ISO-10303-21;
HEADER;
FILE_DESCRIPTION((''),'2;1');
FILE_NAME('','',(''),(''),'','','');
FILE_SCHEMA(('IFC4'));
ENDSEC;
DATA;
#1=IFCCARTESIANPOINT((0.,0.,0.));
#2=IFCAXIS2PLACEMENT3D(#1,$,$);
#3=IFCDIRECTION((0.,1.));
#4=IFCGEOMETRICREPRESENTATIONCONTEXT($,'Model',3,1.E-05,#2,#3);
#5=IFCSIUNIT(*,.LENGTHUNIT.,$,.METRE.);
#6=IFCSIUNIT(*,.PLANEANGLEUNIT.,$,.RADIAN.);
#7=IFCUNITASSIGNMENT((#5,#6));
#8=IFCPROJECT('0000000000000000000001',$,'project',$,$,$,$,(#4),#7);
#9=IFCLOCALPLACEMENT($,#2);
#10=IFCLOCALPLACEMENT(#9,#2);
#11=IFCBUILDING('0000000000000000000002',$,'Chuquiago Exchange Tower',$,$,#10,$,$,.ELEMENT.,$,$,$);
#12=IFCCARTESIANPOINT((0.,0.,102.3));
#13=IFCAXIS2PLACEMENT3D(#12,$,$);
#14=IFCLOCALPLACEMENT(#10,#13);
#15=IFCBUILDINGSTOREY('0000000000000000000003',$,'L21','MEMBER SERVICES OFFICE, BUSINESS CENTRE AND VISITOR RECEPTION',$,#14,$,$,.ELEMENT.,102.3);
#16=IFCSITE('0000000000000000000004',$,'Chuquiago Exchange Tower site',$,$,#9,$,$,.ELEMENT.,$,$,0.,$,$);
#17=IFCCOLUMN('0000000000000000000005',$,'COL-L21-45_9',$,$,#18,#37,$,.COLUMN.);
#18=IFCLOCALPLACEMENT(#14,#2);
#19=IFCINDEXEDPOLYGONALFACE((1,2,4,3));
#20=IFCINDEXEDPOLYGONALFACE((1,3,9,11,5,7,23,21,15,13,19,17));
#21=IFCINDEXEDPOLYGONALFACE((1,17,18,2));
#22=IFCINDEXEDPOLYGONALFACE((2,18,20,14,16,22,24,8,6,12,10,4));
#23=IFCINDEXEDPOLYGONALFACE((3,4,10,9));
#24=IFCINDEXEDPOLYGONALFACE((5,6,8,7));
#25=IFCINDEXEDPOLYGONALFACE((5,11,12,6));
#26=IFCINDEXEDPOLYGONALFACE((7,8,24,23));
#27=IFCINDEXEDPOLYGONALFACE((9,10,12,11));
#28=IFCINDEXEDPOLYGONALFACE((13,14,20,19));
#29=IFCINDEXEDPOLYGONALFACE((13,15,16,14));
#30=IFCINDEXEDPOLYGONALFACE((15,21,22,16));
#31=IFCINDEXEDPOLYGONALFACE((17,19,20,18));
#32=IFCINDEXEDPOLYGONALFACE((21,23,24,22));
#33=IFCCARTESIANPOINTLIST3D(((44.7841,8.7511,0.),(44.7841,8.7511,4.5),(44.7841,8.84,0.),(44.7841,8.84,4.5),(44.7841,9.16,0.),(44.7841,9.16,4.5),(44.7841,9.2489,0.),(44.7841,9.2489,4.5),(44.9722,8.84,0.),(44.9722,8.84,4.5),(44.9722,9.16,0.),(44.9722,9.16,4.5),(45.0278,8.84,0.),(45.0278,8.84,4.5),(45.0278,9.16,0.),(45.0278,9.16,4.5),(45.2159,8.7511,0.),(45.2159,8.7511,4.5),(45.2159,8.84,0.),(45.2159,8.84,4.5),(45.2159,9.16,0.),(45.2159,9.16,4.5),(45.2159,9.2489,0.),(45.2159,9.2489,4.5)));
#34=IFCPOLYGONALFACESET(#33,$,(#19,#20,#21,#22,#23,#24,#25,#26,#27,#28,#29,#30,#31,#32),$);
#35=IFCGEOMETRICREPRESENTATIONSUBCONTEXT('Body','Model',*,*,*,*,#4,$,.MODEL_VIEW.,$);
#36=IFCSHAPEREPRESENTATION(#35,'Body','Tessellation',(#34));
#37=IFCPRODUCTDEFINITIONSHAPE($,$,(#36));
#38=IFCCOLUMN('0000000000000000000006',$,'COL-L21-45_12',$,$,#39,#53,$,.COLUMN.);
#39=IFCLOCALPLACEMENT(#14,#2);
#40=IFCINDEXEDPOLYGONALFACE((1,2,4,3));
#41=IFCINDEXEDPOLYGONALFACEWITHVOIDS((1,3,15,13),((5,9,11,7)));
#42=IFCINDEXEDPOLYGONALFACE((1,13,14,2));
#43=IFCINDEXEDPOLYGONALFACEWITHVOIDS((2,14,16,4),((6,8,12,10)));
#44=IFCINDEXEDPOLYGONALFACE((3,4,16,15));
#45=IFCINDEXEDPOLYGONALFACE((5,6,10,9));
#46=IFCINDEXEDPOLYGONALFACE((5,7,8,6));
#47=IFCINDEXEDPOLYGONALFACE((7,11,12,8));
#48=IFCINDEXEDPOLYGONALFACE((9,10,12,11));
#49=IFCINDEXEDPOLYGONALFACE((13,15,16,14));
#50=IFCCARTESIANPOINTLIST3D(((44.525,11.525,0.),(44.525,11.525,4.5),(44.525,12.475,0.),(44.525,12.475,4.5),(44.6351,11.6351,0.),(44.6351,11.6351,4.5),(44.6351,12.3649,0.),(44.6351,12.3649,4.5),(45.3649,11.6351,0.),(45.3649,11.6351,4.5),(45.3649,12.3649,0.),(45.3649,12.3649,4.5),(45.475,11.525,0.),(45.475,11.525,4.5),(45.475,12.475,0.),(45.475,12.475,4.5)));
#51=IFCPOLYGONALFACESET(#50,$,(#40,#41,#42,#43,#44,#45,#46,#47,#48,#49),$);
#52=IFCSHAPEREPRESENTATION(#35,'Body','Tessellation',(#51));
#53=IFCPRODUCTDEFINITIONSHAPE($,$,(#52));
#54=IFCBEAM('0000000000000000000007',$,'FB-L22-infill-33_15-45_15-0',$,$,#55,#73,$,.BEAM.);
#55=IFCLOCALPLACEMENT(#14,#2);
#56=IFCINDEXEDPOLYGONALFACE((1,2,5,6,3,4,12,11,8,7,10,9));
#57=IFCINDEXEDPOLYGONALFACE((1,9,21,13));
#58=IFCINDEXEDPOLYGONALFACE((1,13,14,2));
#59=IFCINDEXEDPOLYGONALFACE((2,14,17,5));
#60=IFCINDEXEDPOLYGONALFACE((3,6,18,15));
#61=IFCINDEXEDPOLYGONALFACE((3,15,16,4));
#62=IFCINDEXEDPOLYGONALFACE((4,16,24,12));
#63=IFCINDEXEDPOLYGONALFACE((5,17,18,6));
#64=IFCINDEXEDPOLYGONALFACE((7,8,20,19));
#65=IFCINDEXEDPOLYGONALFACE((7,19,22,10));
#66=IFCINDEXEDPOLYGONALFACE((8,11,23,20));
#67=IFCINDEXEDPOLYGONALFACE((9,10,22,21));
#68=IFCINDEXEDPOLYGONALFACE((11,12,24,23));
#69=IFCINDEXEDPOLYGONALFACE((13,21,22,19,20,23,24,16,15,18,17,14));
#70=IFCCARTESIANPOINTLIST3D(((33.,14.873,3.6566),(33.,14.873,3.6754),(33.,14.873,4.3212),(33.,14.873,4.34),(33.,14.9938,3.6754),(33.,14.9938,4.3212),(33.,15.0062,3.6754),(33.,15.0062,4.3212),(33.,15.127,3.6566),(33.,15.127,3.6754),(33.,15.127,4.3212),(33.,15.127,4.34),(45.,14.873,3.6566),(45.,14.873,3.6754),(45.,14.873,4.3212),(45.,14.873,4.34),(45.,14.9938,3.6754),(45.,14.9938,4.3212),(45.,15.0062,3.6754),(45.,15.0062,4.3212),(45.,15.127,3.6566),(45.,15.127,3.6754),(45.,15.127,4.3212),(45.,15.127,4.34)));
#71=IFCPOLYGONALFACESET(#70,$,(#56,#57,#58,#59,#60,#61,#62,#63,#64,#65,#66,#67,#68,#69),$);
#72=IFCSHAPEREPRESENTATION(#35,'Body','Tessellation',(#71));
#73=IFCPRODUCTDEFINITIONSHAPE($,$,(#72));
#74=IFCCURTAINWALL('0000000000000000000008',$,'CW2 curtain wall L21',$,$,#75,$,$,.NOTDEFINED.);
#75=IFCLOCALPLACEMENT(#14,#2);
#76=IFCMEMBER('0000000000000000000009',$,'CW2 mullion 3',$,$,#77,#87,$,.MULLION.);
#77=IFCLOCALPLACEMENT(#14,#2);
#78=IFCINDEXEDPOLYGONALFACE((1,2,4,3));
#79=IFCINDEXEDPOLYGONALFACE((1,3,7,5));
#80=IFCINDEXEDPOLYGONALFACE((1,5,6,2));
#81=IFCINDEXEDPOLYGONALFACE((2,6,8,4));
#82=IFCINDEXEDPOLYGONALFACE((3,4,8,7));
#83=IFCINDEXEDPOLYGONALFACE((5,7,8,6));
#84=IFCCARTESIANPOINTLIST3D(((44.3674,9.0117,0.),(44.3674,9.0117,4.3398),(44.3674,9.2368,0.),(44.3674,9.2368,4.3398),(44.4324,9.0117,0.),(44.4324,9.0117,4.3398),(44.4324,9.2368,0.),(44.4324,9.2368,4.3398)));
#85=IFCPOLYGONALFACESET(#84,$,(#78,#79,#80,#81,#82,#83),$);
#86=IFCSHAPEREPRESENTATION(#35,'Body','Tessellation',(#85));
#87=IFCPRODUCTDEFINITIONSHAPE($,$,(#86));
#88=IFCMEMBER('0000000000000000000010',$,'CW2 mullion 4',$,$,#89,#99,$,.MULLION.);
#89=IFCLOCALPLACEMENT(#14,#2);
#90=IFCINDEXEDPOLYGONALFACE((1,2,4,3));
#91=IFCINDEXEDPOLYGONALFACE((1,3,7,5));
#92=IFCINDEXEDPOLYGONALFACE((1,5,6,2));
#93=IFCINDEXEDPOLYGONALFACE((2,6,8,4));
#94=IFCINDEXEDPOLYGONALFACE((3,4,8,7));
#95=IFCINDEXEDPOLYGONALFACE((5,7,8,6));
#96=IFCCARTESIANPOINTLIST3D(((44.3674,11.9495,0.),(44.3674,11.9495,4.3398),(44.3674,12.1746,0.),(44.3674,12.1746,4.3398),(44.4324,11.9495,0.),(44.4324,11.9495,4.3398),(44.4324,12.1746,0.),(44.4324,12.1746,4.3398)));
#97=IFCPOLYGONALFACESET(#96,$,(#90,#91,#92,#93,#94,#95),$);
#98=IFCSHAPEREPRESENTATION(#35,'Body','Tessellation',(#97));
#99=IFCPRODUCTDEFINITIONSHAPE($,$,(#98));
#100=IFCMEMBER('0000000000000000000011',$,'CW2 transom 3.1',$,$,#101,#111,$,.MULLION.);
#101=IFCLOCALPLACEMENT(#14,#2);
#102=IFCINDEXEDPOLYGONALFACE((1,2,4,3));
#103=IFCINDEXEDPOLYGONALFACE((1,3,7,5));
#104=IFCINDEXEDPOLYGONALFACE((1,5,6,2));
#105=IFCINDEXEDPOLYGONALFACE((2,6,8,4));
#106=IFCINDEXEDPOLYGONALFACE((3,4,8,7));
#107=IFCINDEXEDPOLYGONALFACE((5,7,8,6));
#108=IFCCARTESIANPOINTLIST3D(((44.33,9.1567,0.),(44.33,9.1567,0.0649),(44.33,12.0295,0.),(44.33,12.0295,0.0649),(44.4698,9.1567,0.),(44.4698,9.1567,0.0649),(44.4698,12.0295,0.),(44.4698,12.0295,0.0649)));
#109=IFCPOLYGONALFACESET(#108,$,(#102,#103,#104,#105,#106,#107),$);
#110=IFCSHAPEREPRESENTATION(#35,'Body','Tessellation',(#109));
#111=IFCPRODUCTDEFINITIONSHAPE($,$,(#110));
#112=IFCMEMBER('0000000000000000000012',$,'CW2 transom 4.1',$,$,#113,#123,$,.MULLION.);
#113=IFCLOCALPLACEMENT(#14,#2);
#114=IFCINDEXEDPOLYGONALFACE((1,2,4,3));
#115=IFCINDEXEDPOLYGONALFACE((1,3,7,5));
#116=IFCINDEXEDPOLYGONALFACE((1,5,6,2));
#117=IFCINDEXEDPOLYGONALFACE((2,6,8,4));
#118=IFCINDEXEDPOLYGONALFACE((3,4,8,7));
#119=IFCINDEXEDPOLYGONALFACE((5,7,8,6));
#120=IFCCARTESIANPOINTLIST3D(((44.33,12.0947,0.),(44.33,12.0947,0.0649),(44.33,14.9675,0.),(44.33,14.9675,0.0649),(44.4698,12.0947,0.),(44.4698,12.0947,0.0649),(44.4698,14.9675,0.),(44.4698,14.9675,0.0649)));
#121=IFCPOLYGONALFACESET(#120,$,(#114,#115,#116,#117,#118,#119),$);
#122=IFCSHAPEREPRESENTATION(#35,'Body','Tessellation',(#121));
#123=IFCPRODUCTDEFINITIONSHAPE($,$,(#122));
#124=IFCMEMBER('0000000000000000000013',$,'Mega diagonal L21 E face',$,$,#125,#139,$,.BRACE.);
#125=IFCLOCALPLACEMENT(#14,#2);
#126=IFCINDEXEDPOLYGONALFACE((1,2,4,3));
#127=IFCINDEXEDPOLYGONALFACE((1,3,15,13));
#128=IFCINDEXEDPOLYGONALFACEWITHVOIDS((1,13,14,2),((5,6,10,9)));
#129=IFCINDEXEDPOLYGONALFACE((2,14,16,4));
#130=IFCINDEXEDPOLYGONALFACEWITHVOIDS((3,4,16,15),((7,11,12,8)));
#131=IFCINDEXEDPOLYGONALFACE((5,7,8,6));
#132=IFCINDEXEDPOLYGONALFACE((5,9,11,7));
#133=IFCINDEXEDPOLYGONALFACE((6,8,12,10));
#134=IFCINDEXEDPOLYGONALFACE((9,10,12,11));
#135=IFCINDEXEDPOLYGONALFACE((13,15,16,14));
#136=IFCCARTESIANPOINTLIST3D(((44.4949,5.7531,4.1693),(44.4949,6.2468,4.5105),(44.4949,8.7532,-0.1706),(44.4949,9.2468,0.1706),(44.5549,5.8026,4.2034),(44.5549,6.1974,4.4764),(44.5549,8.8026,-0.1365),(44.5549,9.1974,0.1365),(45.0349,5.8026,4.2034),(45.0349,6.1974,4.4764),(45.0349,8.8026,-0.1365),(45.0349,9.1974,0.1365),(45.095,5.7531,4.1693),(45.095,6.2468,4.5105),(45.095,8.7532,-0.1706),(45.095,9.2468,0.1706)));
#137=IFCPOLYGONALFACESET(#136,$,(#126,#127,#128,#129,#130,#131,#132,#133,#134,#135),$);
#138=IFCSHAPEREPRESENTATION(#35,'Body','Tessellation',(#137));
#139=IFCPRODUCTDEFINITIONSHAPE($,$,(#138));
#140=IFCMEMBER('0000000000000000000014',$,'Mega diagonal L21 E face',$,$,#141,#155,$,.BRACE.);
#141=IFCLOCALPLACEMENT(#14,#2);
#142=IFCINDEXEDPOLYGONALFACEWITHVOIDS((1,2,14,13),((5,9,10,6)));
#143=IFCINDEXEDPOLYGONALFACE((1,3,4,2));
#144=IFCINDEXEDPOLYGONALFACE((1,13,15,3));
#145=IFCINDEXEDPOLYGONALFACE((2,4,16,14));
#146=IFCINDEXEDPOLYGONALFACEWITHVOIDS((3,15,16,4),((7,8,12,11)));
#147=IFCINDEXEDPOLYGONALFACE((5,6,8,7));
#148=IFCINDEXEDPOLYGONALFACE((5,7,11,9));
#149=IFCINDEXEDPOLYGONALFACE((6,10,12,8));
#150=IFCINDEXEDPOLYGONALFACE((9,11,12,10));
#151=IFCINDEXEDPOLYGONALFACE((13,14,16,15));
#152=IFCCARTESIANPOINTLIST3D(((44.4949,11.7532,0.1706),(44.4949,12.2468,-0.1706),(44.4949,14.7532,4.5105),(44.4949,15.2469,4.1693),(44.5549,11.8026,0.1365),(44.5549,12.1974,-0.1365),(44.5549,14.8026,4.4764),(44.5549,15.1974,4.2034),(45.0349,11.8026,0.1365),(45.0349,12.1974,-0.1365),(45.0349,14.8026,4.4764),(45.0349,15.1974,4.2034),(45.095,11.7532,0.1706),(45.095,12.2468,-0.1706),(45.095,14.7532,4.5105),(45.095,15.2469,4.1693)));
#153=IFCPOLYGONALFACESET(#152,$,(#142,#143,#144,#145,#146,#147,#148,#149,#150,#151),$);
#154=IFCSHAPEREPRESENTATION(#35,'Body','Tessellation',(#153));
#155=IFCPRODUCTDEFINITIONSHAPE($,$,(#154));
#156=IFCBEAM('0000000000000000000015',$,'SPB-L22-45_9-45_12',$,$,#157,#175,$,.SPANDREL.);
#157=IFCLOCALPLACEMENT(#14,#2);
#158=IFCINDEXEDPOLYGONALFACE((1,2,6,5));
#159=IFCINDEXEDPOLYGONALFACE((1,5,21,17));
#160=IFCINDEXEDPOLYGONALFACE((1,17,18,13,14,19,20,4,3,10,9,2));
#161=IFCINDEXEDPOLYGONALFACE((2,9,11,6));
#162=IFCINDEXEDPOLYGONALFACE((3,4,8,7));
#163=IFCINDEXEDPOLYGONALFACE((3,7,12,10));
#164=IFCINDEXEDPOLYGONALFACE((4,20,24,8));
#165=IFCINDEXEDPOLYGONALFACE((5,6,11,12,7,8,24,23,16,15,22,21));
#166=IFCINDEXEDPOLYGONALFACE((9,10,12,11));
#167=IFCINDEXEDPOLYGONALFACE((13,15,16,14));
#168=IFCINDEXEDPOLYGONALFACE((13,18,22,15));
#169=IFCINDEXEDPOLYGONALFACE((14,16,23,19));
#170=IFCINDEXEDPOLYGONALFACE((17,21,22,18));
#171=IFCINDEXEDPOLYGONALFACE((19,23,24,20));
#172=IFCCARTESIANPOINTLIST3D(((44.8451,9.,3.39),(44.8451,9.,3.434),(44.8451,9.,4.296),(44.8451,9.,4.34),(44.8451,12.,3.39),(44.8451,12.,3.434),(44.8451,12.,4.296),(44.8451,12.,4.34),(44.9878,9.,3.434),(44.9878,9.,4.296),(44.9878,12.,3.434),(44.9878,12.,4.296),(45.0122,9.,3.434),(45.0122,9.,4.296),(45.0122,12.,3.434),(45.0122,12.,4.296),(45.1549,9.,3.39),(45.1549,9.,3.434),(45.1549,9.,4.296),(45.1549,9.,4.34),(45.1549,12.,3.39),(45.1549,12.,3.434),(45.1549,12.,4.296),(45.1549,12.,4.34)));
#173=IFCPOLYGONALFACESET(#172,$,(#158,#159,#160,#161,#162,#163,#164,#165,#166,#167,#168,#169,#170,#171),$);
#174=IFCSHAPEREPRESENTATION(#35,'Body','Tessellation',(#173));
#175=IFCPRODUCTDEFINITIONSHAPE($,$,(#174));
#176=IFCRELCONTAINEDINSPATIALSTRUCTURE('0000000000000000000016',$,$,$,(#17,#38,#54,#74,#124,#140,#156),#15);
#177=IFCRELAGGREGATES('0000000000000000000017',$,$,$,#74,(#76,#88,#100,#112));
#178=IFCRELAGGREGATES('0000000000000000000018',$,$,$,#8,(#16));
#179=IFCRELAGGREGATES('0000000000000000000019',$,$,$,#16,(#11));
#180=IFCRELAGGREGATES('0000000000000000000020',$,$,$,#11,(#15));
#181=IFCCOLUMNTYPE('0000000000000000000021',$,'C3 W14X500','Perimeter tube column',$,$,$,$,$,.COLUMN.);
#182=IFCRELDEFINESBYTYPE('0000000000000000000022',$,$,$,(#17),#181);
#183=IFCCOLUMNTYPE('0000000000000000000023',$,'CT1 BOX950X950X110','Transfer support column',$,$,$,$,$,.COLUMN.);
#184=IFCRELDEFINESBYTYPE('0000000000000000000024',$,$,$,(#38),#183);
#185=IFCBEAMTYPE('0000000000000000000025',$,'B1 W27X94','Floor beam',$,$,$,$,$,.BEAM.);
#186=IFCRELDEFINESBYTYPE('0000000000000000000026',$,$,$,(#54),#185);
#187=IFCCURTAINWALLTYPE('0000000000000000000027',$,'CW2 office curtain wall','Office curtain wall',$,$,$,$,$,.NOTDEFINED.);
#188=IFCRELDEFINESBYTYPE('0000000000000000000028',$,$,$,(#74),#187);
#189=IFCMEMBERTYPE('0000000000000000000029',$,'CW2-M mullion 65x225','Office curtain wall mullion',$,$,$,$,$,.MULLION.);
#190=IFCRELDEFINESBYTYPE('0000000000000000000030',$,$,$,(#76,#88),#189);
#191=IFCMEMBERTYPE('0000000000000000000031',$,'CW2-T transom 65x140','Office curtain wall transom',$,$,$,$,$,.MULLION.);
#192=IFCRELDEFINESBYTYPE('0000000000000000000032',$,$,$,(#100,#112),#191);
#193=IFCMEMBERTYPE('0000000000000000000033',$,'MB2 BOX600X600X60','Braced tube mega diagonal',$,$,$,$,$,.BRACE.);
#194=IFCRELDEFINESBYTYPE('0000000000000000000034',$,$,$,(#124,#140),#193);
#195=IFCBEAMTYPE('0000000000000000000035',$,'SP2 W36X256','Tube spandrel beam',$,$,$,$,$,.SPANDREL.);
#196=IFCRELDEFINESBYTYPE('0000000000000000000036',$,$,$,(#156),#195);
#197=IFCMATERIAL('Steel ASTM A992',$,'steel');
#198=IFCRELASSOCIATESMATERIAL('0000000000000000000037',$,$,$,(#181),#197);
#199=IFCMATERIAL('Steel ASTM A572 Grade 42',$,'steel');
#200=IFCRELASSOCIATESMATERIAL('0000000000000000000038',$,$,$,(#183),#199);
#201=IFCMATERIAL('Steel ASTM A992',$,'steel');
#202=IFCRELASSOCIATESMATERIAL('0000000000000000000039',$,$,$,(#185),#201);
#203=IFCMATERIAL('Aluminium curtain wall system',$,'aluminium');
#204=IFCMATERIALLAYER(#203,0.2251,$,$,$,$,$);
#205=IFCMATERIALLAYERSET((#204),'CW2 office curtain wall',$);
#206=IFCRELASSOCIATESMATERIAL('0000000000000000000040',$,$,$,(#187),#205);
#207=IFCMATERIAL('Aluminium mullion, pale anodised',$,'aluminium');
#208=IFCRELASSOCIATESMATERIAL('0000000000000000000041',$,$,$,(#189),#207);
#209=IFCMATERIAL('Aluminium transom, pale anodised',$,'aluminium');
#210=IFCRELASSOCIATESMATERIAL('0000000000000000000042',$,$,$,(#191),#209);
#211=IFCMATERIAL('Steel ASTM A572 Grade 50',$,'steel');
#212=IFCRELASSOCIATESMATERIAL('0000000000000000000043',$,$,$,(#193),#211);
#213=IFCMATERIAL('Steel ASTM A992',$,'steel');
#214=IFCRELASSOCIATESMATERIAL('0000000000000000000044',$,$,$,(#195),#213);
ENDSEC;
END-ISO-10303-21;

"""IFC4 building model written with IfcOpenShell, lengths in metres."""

from ifc_helpers import new_model, si_unit, direction, frame, origin, origin_2d, place, context, subcontext, project, spatial, rectangle, hollow_rectangle, i_section, extrude, material, layer, layer_set, material_profile, profile_set, type_object, element, aggregate, save


model = new_model("IFC4")

# Units and contexts
model_context = context("Model", 3, precision=1e-05, world=origin(), true_north=direction((0.0, 1.0)))
body_context = subcontext(model_context, "Body", "Model", "MODEL_VIEW")
ifc_project = project(units=[si_unit("LENGTHUNIT", "METRE"), si_unit("PLANEANGLEUNIT", "RADIAN")], contexts=[model_context])

# Site, building, storey
site_placement = place(None, origin())
site = spatial("IfcSite", under=ifc_project, at=site_placement, Name="Chuquiago Exchange Tower site", CompositionType="ELEMENT", RefElevation=0.0)
building_placement = place(site_placement, origin())
building = spatial("IfcBuilding", under=site, at=building_placement, Name="Chuquiago Exchange Tower", CompositionType="ELEMENT")
storey_placement = place(building_placement, frame((0.0, 0.0, 102.3)))
storey = spatial("IfcBuildingStorey", under=building, at=storey_placement, Name="L21", Description="MEMBER SERVICES OFFICE, BUSINESS CENTRE AND VISITOR RECEPTION", CompositionType="ELEMENT", Elevation=102.3)

# Columns
ifc_material_1 = material(Name="Steel ASTM A992", Category="steel")
ifc_material_profile_1 = material_profile(ifc_material_1, i_section(OverallWidth=0.4319, OverallDepth=0.4978, WebThickness=0.0557, FlangeThickness=0.0889, at=origin_2d()), Name="W14X500")
ifc_profile_set_1 = profile_set([ifc_material_profile_1], Name="Steel ASTM A992")
column_type_1 = type_object("IfcColumnType", Name="C3 W14X500", Description="Perimeter tube column", PredefinedType="COLUMN", material=ifc_profile_set_1)
column_1_placement = place(storey_placement, frame((45.0, 9.0, 0.0), z_axis=(0.0, 0.0, 1.0), x_axis=(1.0, 0.0, 0.0)))
element("IfcColumn", 1, at=column_1_placement, inside=storey, type_object=column_type_1, Name="COL-L21-45_9", PredefinedType="COLUMN", context=body_context, shape_type="SweptSolid", body=[
    extrude(i_section(OverallWidth=0.4319, OverallDepth=0.4978, WebThickness=0.0557, FlangeThickness=0.0889, at=origin_2d()), origin(), (0.0, 0.0, 1.0), 4.5),
])
ifc_material_2 = material(Name="Steel ASTM A572 Grade 42", Category="steel")
ifc_material_profile_2 = material_profile(ifc_material_2, hollow_rectangle(XDim=0.95, YDim=0.95, WallThickness=0.1101, at=origin_2d()), Name="BOX950X950X110")
ifc_profile_set_2 = profile_set([ifc_material_profile_2], Name="Steel ASTM A572 Grade 42")
column_type_2 = type_object("IfcColumnType", Name="CT1 BOX950X950X110", Description="Transfer support column", PredefinedType="COLUMN", material=ifc_profile_set_2)
column_2_placement = place(storey_placement, frame((45.0, 12.0, 0.0), z_axis=(0.0, 0.0, 1.0), x_axis=(1.0, 0.0, 0.0)))
element("IfcColumn", 2, at=column_2_placement, inside=storey, type_object=column_type_2, Name="COL-L21-45_12", PredefinedType="COLUMN", context=body_context, shape_type="SweptSolid", body=[
    extrude(hollow_rectangle(XDim=0.95, YDim=0.95, WallThickness=0.1101, at=origin_2d()), origin(), (0.0, 0.0, 1.0), 4.5),
])

# Beam
ifc_material_3 = material(Name="Steel ASTM A992", Category="steel")
ifc_material_profile_3 = material_profile(ifc_material_3, i_section(OverallWidth=0.2539, OverallDepth=0.6833, WebThickness=0.0125, FlangeThickness=0.0188, at=origin_2d()), Name="W27X94")
ifc_profile_set_3 = profile_set([ifc_material_profile_3], Name="Steel ASTM A992")
beam_type_1 = type_object("IfcBeamType", Name="B1 W27X94", Description="Floor beam", PredefinedType="BEAM", material=ifc_profile_set_3)
beam_placement = place(storey_placement, frame((33.0, 15.0, 3.9983), z_axis=(1.0, 0.0, 0.0), x_axis=(0.0, 1.0, 0.0)))
element("IfcBeam", 3, at=beam_placement, inside=storey, type_object=beam_type_1, Name="FB-L22-infill-33_15-45_15-0", PredefinedType="BEAM", context=body_context, shape_type="SweptSolid", body=[
    extrude(i_section(OverallWidth=0.2539, OverallDepth=0.6833, WebThickness=0.0125, FlangeThickness=0.0188, at=origin_2d()), origin(), (0.0, 0.0, 1.0), 12.0),
])

# Curtain wall, members
ifc_material_4 = material(Name="Aluminium curtain wall system", Category="aluminium")
ifc_layer_1 = layer(ifc_material_4, 0.2251)
ifc_layer_set_1 = layer_set([ifc_layer_1], Name="CW2 office curtain wall")
curtain_wall_type = type_object("IfcCurtainWallType", Name="CW2 office curtain wall", Description="Office curtain wall", PredefinedType="NOTDEFINED", material=ifc_layer_set_1)
curtain_wall_placement = place(storey_placement, origin())
curtain_wall = element("IfcCurtainWall", 4, at=curtain_wall_placement, inside=storey, type_object=curtain_wall_type, Name="CW2 curtain wall L21", PredefinedType="NOTDEFINED")
ifc_material_5 = material(Name="Aluminium mullion, pale anodised", Category="aluminium")
ifc_material_profile_4 = material_profile(ifc_material_5, rectangle(XDim=0.0649, YDim=0.2251, at=origin_2d()), Name="AL 65x225")
ifc_profile_set_4 = profile_set([ifc_material_profile_4], Name="Aluminium mullion, pale anodised")
member_type_1 = type_object("IfcMemberType", Name="CW2-M mullion 65x225", Description="Office curtain wall mullion", PredefinedType="MULLION", material=ifc_profile_set_4)
member_1_placement = place(storey_placement, frame((44.3999, 9.1243, 0.0), z_axis=(0.0, 0.0, 1.0), x_axis=(-1.0, 0.0, 0.0)))
member_1 = element("IfcMember", 5, at=member_1_placement, type_object=member_type_1, Name="CW2 mullion 3", PredefinedType="MULLION", context=body_context, shape_type="SweptSolid", body=[
    extrude(rectangle(XDim=0.0649, YDim=0.2251, at=origin_2d()), origin(), (0.0, 0.0, 1.0), 4.3398),
])
member_2_placement = place(storey_placement, frame((44.3999, 12.062, 0.0), z_axis=(0.0, 0.0, 1.0), x_axis=(-1.0, 0.0, 0.0)))
member_2 = element("IfcMember", 6, at=member_2_placement, type_object=member_type_1, Name="CW2 mullion 4", PredefinedType="MULLION", context=body_context, shape_type="SweptSolid", body=[
    extrude(rectangle(XDim=0.0649, YDim=0.2251, at=origin_2d()), origin(), (0.0, 0.0, 1.0), 4.3398),
])
ifc_material_6 = material(Name="Aluminium transom, pale anodised", Category="aluminium")
ifc_material_profile_5 = material_profile(ifc_material_6, rectangle(XDim=0.1399, YDim=0.0649, at=origin_2d()), Name="AL 140x65")
ifc_profile_set_5 = profile_set([ifc_material_profile_5], Name="Aluminium transom, pale anodised")
member_type_2 = type_object("IfcMemberType", Name="CW2-T transom 65x140", Description="Office curtain wall transom", PredefinedType="MULLION", material=ifc_profile_set_5)
member_3_placement = place(storey_placement, frame((44.3999, 9.1567, 0.0325), z_axis=(0.0, 1.0, 0.0), x_axis=(-1.0, 0.0, 0.0)))
member_3 = element("IfcMember", 7, at=member_3_placement, type_object=member_type_2, Name="CW2 transom 3.1", PredefinedType="MULLION", context=body_context, shape_type="SweptSolid", body=[
    extrude(rectangle(XDim=0.1399, YDim=0.0649, at=origin_2d()), origin(), (0.0, 0.0, 1.0), 2.8728),
])
member_4_placement = place(storey_placement, frame((44.3999, 12.0947, 0.0325), z_axis=(0.0, 1.0, 0.0), x_axis=(-1.0, 0.0, 0.0)))
member_4 = element("IfcMember", 8, at=member_4_placement, type_object=member_type_2, Name="CW2 transom 4.1", PredefinedType="MULLION", context=body_context, shape_type="SweptSolid", body=[
    extrude(rectangle(XDim=0.1399, YDim=0.0649, at=origin_2d()), origin(), (0.0, 0.0, 1.0), 2.8728),
])

# Members
ifc_material_7 = material(Name="Steel ASTM A572 Grade 50", Category="steel")
ifc_material_profile_6 = material_profile(ifc_material_7, hollow_rectangle(XDim=0.6001, YDim=0.6001, WallThickness=0.0601, at=origin_2d()), Name="BOX600X600X60")
ifc_profile_set_6 = profile_set([ifc_material_profile_6], Name="Steel ASTM A572 Grade 50")
member_type_3 = type_object("IfcMemberType", Name="MB2 BOX600X600X60", Description="Braced tube mega diagonal", PredefinedType="BRACE", material=ifc_profile_set_6)
for number, where, z_axis, x_axis, name in (
    (9, (44.7949, 9.0, 0.0), (0.0, -0.568632, 0.822592), (1.0, 0.0, 0.0), "Mega diagonal L21 E face"),
    (10, (44.7949, 12.0, 0.0), (0.0, 0.568632, 0.822592), (-1.0, 0.0, 0.0), "Mega diagonal L21 E face"),
):
    element("IfcMember", number, at=place(storey_placement, frame(where, z_axis=z_axis, x_axis=x_axis)), inside=storey, type_object=member_type_3, Name=name, PredefinedType="BRACE", context=body_context, shape_type="SweptSolid", body=[
        extrude(hollow_rectangle(XDim=0.6001, YDim=0.6001, WallThickness=0.0601, at=origin_2d()), origin(), (0.0, 0.0, 1.0), 5.2759),
    ])

# Beam
ifc_material_8 = material(Name="Steel ASTM A992", Category="steel")
ifc_material_profile_7 = material_profile(ifc_material_8, i_section(OverallWidth=0.3098, OverallDepth=0.95, WebThickness=0.0244, FlangeThickness=0.0439, at=origin_2d()), Name="W36X256")
ifc_profile_set_7 = profile_set([ifc_material_profile_7], Name="Steel ASTM A992")
beam_type_2 = type_object("IfcBeamType", Name="SP2 W36X256", Description="Tube spandrel beam", PredefinedType="SPANDREL", material=ifc_profile_set_7)
for number, where, z_axis, x_axis, name in (
    (11, (45.0, 9.0, 3.865), (0.0, 1.0, 0.0), (-1.0, 0.0, 0.0), "SPB-L22-45_9-45_12"),
):
    element("IfcBeam", number, at=place(storey_placement, frame(where, z_axis=z_axis, x_axis=x_axis)), inside=storey, type_object=beam_type_2, Name=name, PredefinedType="SPANDREL", context=body_context, shape_type="SweptSolid", body=[
        extrude(i_section(OverallWidth=0.3098, OverallDepth=0.95, WebThickness=0.0244, FlangeThickness=0.0439, at=origin_2d()), origin(), (0.0, 0.0, 1.0), 3.0),
    ])

aggregate(curtain_wall, [member_1, member_2, member_3, member_4])

save(model, "model.ifc")
